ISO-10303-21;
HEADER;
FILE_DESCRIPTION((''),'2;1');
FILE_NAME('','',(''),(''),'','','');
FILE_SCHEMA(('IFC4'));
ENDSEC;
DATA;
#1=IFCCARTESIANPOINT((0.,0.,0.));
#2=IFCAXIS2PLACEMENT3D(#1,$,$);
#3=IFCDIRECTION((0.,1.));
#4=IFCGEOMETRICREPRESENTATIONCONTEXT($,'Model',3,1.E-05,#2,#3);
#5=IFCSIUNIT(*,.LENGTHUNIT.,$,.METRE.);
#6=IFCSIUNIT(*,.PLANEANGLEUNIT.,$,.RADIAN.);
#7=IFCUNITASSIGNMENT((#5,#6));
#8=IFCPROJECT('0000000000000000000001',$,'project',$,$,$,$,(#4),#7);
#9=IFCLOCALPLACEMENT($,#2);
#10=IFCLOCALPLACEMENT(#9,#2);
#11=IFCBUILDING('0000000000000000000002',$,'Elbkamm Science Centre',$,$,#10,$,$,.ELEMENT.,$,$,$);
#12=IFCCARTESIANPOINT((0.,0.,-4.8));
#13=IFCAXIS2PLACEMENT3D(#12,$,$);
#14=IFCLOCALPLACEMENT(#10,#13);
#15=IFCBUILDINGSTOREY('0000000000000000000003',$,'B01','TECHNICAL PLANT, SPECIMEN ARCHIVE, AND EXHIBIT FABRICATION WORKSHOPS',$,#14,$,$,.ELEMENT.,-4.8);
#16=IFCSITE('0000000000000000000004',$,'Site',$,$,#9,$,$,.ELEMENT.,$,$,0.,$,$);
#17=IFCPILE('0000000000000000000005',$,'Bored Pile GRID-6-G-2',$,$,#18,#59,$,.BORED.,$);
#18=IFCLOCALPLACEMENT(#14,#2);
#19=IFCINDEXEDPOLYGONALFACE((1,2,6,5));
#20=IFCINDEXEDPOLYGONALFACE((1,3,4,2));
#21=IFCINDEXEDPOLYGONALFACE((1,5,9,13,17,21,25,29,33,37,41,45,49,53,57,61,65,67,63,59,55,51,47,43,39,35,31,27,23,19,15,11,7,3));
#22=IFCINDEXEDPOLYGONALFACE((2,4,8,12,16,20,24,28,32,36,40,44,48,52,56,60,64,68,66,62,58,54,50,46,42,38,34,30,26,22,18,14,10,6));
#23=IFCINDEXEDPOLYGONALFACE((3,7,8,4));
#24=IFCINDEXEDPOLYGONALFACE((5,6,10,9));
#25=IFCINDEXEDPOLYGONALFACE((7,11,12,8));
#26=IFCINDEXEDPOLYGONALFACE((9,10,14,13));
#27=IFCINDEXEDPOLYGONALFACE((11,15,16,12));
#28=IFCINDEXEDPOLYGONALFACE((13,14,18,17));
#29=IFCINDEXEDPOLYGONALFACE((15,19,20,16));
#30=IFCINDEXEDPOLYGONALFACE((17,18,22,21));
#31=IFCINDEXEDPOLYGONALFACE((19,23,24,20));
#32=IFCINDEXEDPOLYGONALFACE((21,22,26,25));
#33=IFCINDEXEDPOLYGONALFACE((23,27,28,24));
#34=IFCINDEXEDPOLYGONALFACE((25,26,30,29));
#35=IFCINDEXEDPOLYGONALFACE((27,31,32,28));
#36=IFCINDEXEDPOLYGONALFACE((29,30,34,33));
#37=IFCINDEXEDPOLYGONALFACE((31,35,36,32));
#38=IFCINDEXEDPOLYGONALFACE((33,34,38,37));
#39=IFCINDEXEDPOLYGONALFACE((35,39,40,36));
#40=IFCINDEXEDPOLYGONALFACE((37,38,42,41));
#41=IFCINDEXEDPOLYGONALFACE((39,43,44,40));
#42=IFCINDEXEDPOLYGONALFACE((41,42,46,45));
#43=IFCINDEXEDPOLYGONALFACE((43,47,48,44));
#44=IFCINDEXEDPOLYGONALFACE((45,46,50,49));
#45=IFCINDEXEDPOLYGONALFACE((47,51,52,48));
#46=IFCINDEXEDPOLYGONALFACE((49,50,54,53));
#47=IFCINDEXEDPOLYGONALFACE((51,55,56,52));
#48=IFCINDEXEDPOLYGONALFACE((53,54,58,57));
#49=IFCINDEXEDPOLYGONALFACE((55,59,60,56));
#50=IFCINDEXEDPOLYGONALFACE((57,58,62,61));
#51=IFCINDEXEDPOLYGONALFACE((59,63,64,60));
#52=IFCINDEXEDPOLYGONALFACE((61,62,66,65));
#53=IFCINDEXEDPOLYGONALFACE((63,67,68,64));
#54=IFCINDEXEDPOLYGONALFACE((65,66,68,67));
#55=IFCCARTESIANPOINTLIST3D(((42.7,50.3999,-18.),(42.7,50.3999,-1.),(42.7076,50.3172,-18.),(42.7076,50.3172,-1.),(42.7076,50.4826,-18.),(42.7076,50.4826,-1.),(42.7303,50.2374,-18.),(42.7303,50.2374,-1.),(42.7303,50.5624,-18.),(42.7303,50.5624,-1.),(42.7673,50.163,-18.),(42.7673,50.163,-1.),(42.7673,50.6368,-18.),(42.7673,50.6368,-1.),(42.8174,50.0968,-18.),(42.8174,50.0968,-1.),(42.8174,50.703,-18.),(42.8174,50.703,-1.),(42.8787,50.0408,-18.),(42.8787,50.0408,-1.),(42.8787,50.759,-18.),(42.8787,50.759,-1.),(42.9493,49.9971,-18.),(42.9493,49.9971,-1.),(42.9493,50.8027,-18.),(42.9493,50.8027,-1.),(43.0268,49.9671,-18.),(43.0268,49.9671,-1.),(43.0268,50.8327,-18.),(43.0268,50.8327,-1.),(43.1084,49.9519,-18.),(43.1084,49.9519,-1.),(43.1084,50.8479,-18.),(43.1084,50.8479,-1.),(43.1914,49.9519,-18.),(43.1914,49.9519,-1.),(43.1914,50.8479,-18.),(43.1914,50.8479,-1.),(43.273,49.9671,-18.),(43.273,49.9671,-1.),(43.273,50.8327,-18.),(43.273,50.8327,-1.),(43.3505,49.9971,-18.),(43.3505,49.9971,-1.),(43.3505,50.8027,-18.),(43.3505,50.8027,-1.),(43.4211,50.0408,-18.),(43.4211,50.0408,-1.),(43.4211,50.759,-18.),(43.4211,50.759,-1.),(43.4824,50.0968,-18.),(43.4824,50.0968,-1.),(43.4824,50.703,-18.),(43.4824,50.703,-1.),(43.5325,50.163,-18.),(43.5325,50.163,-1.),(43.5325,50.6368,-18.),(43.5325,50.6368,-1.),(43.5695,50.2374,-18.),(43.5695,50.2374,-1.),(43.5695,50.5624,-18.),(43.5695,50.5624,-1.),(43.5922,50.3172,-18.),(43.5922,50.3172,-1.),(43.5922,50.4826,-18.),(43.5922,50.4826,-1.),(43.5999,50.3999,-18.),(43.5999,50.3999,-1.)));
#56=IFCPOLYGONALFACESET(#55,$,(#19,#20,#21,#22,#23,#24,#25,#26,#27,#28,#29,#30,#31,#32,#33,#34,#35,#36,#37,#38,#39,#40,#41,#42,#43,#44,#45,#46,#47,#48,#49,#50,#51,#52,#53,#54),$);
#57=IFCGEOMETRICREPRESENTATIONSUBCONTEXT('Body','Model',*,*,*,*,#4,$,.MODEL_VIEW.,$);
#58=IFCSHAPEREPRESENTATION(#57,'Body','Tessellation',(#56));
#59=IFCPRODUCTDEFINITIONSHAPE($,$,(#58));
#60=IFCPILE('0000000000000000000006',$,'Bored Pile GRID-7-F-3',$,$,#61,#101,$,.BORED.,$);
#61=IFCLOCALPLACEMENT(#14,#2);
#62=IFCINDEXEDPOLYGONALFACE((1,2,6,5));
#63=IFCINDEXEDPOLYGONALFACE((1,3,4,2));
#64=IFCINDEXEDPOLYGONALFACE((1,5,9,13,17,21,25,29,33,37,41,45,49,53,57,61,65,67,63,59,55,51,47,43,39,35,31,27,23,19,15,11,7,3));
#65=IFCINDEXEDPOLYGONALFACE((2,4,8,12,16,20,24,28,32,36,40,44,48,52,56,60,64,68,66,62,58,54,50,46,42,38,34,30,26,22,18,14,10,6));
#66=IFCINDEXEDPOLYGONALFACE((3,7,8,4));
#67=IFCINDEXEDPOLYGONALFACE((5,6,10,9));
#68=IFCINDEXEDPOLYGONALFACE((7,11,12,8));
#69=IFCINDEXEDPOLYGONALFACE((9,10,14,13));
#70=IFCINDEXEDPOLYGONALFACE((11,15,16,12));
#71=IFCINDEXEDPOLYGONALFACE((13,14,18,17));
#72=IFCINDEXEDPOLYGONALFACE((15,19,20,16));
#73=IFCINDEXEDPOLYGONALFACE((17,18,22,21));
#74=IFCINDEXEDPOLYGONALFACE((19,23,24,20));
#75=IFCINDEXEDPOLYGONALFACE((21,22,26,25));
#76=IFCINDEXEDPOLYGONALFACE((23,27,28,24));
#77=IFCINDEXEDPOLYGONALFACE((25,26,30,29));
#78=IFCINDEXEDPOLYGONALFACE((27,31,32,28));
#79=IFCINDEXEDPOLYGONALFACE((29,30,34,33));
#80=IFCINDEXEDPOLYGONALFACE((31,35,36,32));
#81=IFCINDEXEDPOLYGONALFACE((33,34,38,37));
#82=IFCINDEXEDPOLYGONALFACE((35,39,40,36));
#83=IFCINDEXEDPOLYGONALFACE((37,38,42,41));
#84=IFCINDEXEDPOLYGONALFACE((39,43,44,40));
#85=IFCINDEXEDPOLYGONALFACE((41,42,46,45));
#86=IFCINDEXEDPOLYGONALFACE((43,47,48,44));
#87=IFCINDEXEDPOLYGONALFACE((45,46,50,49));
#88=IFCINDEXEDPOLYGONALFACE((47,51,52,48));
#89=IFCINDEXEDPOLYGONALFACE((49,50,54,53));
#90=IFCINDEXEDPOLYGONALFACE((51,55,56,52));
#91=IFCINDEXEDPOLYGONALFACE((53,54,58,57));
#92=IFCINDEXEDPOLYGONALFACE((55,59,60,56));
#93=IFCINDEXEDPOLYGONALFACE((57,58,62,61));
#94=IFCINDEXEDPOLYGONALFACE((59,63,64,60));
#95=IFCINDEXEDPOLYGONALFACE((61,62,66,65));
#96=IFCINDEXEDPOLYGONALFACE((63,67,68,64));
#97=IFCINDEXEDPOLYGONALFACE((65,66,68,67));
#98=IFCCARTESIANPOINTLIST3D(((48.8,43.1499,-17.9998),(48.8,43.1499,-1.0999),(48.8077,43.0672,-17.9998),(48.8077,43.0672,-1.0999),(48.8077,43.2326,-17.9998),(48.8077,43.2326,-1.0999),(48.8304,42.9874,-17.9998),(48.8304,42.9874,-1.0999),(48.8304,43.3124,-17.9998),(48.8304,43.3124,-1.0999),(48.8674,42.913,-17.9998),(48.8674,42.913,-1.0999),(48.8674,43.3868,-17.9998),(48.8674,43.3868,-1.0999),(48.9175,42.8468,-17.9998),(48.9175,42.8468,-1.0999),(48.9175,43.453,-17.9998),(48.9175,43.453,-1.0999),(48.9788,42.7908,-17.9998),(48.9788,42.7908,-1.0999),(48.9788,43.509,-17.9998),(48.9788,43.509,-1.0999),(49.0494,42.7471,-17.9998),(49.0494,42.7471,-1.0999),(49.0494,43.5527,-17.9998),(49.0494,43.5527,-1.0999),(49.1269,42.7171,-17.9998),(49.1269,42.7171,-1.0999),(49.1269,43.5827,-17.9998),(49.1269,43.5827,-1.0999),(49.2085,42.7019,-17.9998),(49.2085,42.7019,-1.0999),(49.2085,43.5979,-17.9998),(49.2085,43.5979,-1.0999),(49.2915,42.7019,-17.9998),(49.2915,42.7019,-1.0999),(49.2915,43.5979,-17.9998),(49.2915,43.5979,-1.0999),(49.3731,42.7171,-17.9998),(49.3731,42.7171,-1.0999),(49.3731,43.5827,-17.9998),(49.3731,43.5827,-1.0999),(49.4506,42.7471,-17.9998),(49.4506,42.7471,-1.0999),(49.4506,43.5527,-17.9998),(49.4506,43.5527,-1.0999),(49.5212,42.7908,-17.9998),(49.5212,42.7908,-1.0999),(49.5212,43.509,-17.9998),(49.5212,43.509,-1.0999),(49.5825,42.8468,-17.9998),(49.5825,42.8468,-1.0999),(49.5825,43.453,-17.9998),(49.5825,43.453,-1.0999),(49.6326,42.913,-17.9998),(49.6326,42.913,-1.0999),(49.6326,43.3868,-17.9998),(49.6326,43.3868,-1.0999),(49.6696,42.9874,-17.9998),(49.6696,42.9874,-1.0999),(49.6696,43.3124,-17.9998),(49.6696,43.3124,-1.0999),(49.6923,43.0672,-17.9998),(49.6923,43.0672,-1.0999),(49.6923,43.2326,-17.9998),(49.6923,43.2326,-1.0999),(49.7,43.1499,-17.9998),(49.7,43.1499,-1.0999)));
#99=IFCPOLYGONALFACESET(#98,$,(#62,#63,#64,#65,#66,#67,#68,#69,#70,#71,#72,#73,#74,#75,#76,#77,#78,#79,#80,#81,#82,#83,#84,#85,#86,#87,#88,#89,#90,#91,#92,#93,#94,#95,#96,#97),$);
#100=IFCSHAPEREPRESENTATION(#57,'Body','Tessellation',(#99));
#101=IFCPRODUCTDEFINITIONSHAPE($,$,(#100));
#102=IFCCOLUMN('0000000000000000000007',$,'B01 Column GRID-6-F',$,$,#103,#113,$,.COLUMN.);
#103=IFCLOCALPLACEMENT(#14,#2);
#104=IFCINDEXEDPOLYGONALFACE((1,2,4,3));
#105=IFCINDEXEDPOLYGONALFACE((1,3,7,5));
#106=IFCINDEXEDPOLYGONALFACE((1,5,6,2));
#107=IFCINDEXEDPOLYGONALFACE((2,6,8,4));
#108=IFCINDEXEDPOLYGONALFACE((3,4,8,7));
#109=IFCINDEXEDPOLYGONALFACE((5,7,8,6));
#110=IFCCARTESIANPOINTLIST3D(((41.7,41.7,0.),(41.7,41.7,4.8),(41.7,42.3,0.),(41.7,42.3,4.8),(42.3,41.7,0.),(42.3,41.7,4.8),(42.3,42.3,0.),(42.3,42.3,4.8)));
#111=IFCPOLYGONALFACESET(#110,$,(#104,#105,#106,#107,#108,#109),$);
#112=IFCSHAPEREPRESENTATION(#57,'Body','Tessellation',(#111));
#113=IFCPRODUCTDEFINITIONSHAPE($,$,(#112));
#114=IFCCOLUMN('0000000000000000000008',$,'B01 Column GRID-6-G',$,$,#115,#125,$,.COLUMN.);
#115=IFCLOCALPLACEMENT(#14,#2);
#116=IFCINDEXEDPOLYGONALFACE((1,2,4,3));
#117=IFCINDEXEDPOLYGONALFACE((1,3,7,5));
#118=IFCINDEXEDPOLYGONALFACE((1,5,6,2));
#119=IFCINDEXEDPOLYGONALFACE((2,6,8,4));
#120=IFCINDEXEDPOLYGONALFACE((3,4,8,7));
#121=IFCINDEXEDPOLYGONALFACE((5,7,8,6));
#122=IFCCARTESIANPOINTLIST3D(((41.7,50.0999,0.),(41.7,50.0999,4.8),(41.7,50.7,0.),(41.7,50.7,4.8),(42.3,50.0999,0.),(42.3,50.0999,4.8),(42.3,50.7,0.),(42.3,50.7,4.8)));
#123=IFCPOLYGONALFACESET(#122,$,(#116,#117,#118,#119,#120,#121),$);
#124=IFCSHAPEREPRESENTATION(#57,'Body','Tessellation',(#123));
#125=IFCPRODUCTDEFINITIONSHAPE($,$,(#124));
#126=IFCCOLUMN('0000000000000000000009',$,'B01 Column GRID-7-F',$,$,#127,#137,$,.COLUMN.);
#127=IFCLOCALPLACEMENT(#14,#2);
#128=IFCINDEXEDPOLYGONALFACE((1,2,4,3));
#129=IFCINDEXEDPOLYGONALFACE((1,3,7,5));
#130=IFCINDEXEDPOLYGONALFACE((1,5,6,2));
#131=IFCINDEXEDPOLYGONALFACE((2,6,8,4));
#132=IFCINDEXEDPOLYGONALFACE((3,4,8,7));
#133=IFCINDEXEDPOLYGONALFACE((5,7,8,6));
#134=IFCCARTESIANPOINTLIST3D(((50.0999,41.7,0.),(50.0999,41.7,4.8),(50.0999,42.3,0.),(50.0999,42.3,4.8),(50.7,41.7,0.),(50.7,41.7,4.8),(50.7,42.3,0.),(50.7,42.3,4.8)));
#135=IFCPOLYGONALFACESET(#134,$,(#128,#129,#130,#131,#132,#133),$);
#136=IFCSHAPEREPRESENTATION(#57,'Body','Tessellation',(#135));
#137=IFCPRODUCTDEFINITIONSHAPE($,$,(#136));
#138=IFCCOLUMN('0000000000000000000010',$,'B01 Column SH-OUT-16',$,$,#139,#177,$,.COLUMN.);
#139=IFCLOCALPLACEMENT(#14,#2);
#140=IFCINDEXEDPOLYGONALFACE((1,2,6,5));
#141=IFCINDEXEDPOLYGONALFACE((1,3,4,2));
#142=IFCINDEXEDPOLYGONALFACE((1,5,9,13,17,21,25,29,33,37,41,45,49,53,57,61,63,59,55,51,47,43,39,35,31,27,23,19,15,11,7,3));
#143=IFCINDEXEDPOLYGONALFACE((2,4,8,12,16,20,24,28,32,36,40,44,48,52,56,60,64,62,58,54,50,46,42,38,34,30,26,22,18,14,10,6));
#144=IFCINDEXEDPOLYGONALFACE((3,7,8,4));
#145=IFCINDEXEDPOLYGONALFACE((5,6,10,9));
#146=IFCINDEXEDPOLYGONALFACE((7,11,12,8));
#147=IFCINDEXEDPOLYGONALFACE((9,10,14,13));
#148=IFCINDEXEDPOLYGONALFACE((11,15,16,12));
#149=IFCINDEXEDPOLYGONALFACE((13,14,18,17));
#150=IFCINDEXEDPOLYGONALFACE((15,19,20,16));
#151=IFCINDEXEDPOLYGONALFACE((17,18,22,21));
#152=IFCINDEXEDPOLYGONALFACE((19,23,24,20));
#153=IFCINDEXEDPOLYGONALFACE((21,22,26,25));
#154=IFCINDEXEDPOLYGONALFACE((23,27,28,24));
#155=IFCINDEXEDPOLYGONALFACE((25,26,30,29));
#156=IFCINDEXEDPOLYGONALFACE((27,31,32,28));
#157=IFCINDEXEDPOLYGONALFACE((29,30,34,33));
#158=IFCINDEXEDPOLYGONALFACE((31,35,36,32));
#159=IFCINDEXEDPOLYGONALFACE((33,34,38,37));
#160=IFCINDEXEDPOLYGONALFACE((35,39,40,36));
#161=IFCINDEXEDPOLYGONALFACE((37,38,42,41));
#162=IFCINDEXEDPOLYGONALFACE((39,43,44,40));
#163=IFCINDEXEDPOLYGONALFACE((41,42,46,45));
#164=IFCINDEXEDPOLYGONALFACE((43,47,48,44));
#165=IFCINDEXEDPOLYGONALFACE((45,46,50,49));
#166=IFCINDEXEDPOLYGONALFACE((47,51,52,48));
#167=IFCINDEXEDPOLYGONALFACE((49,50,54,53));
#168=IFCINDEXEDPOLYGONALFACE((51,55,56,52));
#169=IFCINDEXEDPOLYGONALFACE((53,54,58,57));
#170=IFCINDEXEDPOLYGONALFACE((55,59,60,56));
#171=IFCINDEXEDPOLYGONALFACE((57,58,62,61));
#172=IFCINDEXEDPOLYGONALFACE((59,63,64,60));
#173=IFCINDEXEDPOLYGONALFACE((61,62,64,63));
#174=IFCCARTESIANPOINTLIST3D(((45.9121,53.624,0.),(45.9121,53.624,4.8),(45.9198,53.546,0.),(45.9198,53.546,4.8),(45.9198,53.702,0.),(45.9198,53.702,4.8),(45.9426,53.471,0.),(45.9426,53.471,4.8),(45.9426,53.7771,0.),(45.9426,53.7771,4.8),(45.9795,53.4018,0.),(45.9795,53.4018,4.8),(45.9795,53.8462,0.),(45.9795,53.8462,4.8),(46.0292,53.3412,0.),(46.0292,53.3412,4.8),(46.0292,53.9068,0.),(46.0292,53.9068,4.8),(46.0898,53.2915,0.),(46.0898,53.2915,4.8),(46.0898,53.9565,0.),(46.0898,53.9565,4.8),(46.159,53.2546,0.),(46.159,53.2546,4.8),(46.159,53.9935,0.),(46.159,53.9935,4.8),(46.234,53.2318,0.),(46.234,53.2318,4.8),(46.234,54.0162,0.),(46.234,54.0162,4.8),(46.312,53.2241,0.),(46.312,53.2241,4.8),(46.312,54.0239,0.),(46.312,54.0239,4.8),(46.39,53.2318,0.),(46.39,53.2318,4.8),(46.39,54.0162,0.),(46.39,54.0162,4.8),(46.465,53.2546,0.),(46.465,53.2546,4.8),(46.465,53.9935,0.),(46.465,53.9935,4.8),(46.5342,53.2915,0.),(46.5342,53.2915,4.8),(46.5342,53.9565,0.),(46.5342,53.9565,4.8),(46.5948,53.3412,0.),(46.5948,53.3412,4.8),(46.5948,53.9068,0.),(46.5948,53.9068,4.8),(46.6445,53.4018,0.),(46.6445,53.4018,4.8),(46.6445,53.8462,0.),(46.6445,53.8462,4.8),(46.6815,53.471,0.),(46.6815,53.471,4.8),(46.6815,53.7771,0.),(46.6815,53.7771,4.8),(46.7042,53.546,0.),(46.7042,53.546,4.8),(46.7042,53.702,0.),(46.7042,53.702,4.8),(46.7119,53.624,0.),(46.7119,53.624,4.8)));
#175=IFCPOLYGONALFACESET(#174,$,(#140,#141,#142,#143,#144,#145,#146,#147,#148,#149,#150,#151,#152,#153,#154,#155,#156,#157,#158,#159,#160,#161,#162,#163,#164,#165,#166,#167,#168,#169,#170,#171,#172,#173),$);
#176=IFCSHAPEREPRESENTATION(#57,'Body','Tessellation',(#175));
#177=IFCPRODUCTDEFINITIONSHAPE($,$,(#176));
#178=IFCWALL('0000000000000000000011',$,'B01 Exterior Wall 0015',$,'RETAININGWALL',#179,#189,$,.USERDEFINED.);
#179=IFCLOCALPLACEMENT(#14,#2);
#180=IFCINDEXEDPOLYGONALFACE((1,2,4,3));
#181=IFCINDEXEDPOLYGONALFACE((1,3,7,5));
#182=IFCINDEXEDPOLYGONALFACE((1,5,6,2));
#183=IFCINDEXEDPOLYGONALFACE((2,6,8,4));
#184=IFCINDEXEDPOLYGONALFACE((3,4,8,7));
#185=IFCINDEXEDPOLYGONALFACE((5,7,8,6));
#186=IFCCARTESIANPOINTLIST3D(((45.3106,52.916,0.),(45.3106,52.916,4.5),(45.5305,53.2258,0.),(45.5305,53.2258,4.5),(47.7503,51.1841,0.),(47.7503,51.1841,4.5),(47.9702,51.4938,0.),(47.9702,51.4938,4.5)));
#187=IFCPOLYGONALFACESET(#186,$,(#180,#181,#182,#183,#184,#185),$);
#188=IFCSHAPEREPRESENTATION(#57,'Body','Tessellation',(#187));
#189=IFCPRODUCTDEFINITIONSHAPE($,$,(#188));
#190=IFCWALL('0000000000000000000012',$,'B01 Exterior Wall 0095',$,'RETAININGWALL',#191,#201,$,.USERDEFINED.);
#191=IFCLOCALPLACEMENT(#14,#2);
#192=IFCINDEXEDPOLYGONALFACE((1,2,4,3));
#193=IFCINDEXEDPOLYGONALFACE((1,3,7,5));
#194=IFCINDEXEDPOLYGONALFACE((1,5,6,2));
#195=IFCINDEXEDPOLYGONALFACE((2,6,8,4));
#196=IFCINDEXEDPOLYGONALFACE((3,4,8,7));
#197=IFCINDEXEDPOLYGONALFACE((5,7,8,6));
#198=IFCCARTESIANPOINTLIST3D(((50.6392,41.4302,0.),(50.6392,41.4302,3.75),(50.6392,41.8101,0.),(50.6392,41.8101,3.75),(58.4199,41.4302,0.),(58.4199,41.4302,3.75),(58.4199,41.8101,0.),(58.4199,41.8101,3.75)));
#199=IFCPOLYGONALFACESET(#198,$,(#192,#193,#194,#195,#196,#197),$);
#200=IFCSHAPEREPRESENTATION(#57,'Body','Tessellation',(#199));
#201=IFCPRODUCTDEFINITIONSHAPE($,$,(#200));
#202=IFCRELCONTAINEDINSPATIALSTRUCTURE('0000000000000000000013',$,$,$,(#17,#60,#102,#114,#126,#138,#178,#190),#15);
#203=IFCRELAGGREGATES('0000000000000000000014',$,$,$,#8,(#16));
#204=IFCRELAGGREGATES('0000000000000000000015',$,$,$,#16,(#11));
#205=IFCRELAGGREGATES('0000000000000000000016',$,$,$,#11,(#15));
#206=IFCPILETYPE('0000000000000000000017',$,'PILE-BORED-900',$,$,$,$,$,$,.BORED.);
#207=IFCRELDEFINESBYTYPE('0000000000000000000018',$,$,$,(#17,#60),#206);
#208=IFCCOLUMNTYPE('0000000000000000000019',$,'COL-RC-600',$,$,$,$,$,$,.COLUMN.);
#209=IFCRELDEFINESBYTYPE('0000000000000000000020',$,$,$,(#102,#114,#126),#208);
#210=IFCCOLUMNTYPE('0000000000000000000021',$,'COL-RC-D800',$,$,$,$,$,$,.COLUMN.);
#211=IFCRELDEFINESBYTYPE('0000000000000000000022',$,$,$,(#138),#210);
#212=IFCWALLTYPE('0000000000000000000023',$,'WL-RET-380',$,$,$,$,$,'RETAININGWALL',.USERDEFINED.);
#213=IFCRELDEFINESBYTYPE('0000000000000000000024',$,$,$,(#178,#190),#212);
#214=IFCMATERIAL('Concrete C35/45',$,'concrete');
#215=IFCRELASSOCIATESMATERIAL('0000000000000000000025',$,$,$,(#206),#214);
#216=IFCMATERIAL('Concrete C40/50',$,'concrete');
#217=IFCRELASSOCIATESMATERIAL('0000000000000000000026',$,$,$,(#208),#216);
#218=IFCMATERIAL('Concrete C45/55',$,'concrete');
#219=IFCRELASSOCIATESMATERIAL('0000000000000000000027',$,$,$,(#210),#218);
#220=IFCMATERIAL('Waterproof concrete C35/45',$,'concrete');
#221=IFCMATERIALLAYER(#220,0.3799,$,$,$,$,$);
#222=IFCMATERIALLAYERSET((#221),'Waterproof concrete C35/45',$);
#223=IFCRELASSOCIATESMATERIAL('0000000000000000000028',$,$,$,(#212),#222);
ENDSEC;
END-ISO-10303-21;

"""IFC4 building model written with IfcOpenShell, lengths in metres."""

from ifc_helpers import new_model, si_unit, direction, frame, frame_2d, origin, origin_2d, place, context, subcontext, project, spatial, rectangle, circle, extrude, material, layer, layer_set, material_profile, profile_set, type_object, element, save


model = new_model("IFC4")

# Units and contexts
model_context = context("Model", 3, precision=1e-05, world=origin(), true_north=direction((0.0, 1.0)))
body_context = subcontext(model_context, "Body", "Model", "MODEL_VIEW")
ifc_project = project(units=[si_unit("LENGTHUNIT", "METRE"), si_unit("PLANEANGLEUNIT", "RADIAN")], contexts=[model_context])

# Site, building, storey
site_placement = place(None, origin())
site = spatial("IfcSite", under=ifc_project, at=site_placement, Name="Site", CompositionType="ELEMENT", RefElevation=0.0)
building_placement = place(site_placement, origin())
building = spatial("IfcBuilding", under=site, at=building_placement, Name="Elbkamm Science Centre", CompositionType="ELEMENT")
storey_placement = place(building_placement, frame((0.0, 0.0, -4.8)))
storey = spatial("IfcBuildingStorey", under=building, at=storey_placement, Name="B01", Description="TECHNICAL PLANT, SPECIMEN ARCHIVE, AND EXHIBIT FABRICATION WORKSHOPS", CompositionType="ELEMENT", Elevation=-4.8)

# Shared definitions
ifc_material_1 = material(Name="Concrete C35/45", Category="concrete")

# Piles
ifc_material_profile_1 = material_profile(ifc_material_1, circle(Radius=0.45, at=origin_2d()), Name="PILE D900")
ifc_profile_set_1 = profile_set([ifc_material_profile_1], Name="Concrete C35/45")
pile_type = type_object("IfcPileType", Name="PILE-BORED-900", PredefinedType="BORED", material=ifc_profile_set_1)
for number, where, z_axis, x_axis, name in (
    (1, (43.1499, 50.3999, -1.0), (0.0, 0.0, -1.0), (1.0, 0.0, 0.0), "Bored Pile GRID-6-G-2"),
):
    element("IfcPile", number, at=place(storey_placement, frame(where, z_axis=z_axis, x_axis=x_axis)), inside=storey, type_object=pile_type, Name=name, PredefinedType="BORED", context=body_context, shape_type="SweptSolid", body=[
        extrude(circle(Radius=0.45, at=origin_2d()), origin(), (0.0, 0.0, 1.0), 17.0),
    ])
pile_1_placement = place(storey_placement, frame((49.25, 43.1499, -1.0999), z_axis=(0.0, 0.0, -1.0), x_axis=(1.0, 0.0, 0.0)))
element("IfcPile", 2, at=pile_1_placement, inside=storey, type_object=pile_type, Name="Bored Pile GRID-7-F-3", PredefinedType="BORED", context=body_context, shape_type="SweptSolid", body=[
    extrude(circle(Radius=0.45, at=origin_2d()), origin(), (0.0, 0.0, 1.0), 16.8999),
])

# Columns
ifc_material_2 = material(Name="Concrete C40/50", Category="concrete")
ifc_material_profile_2 = material_profile(ifc_material_2, rectangle(XDim=0.6001, YDim=0.6001, at=origin_2d()), Name="RC 600x600")
ifc_profile_set_2 = profile_set([ifc_material_profile_2], Name="Concrete C40/50")
column_type_1 = type_object("IfcColumnType", Name="COL-RC-600", PredefinedType="COLUMN", material=ifc_profile_set_2)
for number, where, z_axis, x_axis, name in (
    (3, (42.0, 42.0, 0.0), (0.0, 0.0, 1.0), (1.0, 0.0, 0.0), "B01 Column GRID-6-F"),
    (4, (42.0, 50.3999, 0.0), (0.0, 0.0, 1.0), (1.0, 0.0, 0.0), "B01 Column GRID-6-G"),
    (5, (50.3999, 42.0, 0.0), (0.0, 0.0, 1.0), (1.0, 0.0, 0.0), "B01 Column GRID-7-F"),
):
    element("IfcColumn", number, at=place(storey_placement, frame(where, z_axis=z_axis, x_axis=x_axis)), inside=storey, type_object=column_type_1, Name=name, PredefinedType="COLUMN", context=body_context, shape_type="SweptSolid", body=[
        extrude(rectangle(XDim=0.6001, YDim=0.6001, at=origin_2d()), origin(), (0.0, 0.0, 1.0), 4.8),
    ])
ifc_material_3 = material(Name="Concrete C45/55", Category="concrete")
ifc_material_profile_3 = material_profile(ifc_material_3, circle(Radius=0.3999, at=origin_2d()), Name="RC D800")
ifc_profile_set_3 = profile_set([ifc_material_profile_3], Name="Concrete C45/55")
column_type_2 = type_object("IfcColumnType", Name="COL-RC-D800", PredefinedType="COLUMN", material=ifc_profile_set_3)
column_placement = place(storey_placement, frame((46.312, 53.624, 0.0), z_axis=(0.0, 0.0, 1.0), x_axis=(1.0, 0.0, 0.0)))
element("IfcColumn", 6, at=column_placement, inside=storey, type_object=column_type_2, Name="B01 Column SH-OUT-16", PredefinedType="COLUMN", context=body_context, shape_type="SweptSolid", body=[
    extrude(circle(Radius=0.3999, at=origin_2d()), origin(), (0.0, 0.0, 1.0), 4.8),
])

# Walls
ifc_material_4 = material(Name="Waterproof concrete C35/45", Category="concrete")
ifc_layer_1 = layer(ifc_material_4, 0.3799)
ifc_layer_set_1 = layer_set([ifc_layer_1], Name="Waterproof concrete C35/45")
wall_type_1 = type_object("IfcWallType", Name="WL-RET-380", ElementType="RETAININGWALL", PredefinedType="USERDEFINED", material=ifc_layer_set_1)
wall_1_placement = place(storey_placement, frame((47.8604, 51.3389, 0.0), z_axis=(0.0, 0.0, 1.0), x_axis=(-0.815423, 0.578866, 0.0)))
element("IfcWall", 7, at=wall_1_placement, inside=storey, type_object=wall_type_1, Name="B01 Exterior Wall 0015", ObjectType="RETAININGWALL", PredefinedType="USERDEFINED", context=body_context, shape_type="SweptSolid", body=[
    extrude(rectangle(XDim=2.9919, YDim=0.3799, at=frame_2d((1.4961, 0.0))), origin(), (0.0, 0.0, 1.0), 4.5),
])
wall_2_placement = place(storey_placement, frame((50.6392, 41.6201, 0.0), z_axis=(0.0, 0.0, 1.0), x_axis=(1.0, 0.0, 0.0)))
element("IfcWall", 8, at=wall_2_placement, inside=storey, type_object=wall_type_1, Name="B01 Exterior Wall 0095", ObjectType="RETAININGWALL", PredefinedType="USERDEFINED", context=body_context, shape_type="SweptSolid", body=[
    extrude(rectangle(XDim=7.7808, YDim=0.3799, at=frame_2d((3.8904, 0.0))), origin(), (0.0, 0.0, 1.0), 3.75),
])

save(model, "model.ifc")
